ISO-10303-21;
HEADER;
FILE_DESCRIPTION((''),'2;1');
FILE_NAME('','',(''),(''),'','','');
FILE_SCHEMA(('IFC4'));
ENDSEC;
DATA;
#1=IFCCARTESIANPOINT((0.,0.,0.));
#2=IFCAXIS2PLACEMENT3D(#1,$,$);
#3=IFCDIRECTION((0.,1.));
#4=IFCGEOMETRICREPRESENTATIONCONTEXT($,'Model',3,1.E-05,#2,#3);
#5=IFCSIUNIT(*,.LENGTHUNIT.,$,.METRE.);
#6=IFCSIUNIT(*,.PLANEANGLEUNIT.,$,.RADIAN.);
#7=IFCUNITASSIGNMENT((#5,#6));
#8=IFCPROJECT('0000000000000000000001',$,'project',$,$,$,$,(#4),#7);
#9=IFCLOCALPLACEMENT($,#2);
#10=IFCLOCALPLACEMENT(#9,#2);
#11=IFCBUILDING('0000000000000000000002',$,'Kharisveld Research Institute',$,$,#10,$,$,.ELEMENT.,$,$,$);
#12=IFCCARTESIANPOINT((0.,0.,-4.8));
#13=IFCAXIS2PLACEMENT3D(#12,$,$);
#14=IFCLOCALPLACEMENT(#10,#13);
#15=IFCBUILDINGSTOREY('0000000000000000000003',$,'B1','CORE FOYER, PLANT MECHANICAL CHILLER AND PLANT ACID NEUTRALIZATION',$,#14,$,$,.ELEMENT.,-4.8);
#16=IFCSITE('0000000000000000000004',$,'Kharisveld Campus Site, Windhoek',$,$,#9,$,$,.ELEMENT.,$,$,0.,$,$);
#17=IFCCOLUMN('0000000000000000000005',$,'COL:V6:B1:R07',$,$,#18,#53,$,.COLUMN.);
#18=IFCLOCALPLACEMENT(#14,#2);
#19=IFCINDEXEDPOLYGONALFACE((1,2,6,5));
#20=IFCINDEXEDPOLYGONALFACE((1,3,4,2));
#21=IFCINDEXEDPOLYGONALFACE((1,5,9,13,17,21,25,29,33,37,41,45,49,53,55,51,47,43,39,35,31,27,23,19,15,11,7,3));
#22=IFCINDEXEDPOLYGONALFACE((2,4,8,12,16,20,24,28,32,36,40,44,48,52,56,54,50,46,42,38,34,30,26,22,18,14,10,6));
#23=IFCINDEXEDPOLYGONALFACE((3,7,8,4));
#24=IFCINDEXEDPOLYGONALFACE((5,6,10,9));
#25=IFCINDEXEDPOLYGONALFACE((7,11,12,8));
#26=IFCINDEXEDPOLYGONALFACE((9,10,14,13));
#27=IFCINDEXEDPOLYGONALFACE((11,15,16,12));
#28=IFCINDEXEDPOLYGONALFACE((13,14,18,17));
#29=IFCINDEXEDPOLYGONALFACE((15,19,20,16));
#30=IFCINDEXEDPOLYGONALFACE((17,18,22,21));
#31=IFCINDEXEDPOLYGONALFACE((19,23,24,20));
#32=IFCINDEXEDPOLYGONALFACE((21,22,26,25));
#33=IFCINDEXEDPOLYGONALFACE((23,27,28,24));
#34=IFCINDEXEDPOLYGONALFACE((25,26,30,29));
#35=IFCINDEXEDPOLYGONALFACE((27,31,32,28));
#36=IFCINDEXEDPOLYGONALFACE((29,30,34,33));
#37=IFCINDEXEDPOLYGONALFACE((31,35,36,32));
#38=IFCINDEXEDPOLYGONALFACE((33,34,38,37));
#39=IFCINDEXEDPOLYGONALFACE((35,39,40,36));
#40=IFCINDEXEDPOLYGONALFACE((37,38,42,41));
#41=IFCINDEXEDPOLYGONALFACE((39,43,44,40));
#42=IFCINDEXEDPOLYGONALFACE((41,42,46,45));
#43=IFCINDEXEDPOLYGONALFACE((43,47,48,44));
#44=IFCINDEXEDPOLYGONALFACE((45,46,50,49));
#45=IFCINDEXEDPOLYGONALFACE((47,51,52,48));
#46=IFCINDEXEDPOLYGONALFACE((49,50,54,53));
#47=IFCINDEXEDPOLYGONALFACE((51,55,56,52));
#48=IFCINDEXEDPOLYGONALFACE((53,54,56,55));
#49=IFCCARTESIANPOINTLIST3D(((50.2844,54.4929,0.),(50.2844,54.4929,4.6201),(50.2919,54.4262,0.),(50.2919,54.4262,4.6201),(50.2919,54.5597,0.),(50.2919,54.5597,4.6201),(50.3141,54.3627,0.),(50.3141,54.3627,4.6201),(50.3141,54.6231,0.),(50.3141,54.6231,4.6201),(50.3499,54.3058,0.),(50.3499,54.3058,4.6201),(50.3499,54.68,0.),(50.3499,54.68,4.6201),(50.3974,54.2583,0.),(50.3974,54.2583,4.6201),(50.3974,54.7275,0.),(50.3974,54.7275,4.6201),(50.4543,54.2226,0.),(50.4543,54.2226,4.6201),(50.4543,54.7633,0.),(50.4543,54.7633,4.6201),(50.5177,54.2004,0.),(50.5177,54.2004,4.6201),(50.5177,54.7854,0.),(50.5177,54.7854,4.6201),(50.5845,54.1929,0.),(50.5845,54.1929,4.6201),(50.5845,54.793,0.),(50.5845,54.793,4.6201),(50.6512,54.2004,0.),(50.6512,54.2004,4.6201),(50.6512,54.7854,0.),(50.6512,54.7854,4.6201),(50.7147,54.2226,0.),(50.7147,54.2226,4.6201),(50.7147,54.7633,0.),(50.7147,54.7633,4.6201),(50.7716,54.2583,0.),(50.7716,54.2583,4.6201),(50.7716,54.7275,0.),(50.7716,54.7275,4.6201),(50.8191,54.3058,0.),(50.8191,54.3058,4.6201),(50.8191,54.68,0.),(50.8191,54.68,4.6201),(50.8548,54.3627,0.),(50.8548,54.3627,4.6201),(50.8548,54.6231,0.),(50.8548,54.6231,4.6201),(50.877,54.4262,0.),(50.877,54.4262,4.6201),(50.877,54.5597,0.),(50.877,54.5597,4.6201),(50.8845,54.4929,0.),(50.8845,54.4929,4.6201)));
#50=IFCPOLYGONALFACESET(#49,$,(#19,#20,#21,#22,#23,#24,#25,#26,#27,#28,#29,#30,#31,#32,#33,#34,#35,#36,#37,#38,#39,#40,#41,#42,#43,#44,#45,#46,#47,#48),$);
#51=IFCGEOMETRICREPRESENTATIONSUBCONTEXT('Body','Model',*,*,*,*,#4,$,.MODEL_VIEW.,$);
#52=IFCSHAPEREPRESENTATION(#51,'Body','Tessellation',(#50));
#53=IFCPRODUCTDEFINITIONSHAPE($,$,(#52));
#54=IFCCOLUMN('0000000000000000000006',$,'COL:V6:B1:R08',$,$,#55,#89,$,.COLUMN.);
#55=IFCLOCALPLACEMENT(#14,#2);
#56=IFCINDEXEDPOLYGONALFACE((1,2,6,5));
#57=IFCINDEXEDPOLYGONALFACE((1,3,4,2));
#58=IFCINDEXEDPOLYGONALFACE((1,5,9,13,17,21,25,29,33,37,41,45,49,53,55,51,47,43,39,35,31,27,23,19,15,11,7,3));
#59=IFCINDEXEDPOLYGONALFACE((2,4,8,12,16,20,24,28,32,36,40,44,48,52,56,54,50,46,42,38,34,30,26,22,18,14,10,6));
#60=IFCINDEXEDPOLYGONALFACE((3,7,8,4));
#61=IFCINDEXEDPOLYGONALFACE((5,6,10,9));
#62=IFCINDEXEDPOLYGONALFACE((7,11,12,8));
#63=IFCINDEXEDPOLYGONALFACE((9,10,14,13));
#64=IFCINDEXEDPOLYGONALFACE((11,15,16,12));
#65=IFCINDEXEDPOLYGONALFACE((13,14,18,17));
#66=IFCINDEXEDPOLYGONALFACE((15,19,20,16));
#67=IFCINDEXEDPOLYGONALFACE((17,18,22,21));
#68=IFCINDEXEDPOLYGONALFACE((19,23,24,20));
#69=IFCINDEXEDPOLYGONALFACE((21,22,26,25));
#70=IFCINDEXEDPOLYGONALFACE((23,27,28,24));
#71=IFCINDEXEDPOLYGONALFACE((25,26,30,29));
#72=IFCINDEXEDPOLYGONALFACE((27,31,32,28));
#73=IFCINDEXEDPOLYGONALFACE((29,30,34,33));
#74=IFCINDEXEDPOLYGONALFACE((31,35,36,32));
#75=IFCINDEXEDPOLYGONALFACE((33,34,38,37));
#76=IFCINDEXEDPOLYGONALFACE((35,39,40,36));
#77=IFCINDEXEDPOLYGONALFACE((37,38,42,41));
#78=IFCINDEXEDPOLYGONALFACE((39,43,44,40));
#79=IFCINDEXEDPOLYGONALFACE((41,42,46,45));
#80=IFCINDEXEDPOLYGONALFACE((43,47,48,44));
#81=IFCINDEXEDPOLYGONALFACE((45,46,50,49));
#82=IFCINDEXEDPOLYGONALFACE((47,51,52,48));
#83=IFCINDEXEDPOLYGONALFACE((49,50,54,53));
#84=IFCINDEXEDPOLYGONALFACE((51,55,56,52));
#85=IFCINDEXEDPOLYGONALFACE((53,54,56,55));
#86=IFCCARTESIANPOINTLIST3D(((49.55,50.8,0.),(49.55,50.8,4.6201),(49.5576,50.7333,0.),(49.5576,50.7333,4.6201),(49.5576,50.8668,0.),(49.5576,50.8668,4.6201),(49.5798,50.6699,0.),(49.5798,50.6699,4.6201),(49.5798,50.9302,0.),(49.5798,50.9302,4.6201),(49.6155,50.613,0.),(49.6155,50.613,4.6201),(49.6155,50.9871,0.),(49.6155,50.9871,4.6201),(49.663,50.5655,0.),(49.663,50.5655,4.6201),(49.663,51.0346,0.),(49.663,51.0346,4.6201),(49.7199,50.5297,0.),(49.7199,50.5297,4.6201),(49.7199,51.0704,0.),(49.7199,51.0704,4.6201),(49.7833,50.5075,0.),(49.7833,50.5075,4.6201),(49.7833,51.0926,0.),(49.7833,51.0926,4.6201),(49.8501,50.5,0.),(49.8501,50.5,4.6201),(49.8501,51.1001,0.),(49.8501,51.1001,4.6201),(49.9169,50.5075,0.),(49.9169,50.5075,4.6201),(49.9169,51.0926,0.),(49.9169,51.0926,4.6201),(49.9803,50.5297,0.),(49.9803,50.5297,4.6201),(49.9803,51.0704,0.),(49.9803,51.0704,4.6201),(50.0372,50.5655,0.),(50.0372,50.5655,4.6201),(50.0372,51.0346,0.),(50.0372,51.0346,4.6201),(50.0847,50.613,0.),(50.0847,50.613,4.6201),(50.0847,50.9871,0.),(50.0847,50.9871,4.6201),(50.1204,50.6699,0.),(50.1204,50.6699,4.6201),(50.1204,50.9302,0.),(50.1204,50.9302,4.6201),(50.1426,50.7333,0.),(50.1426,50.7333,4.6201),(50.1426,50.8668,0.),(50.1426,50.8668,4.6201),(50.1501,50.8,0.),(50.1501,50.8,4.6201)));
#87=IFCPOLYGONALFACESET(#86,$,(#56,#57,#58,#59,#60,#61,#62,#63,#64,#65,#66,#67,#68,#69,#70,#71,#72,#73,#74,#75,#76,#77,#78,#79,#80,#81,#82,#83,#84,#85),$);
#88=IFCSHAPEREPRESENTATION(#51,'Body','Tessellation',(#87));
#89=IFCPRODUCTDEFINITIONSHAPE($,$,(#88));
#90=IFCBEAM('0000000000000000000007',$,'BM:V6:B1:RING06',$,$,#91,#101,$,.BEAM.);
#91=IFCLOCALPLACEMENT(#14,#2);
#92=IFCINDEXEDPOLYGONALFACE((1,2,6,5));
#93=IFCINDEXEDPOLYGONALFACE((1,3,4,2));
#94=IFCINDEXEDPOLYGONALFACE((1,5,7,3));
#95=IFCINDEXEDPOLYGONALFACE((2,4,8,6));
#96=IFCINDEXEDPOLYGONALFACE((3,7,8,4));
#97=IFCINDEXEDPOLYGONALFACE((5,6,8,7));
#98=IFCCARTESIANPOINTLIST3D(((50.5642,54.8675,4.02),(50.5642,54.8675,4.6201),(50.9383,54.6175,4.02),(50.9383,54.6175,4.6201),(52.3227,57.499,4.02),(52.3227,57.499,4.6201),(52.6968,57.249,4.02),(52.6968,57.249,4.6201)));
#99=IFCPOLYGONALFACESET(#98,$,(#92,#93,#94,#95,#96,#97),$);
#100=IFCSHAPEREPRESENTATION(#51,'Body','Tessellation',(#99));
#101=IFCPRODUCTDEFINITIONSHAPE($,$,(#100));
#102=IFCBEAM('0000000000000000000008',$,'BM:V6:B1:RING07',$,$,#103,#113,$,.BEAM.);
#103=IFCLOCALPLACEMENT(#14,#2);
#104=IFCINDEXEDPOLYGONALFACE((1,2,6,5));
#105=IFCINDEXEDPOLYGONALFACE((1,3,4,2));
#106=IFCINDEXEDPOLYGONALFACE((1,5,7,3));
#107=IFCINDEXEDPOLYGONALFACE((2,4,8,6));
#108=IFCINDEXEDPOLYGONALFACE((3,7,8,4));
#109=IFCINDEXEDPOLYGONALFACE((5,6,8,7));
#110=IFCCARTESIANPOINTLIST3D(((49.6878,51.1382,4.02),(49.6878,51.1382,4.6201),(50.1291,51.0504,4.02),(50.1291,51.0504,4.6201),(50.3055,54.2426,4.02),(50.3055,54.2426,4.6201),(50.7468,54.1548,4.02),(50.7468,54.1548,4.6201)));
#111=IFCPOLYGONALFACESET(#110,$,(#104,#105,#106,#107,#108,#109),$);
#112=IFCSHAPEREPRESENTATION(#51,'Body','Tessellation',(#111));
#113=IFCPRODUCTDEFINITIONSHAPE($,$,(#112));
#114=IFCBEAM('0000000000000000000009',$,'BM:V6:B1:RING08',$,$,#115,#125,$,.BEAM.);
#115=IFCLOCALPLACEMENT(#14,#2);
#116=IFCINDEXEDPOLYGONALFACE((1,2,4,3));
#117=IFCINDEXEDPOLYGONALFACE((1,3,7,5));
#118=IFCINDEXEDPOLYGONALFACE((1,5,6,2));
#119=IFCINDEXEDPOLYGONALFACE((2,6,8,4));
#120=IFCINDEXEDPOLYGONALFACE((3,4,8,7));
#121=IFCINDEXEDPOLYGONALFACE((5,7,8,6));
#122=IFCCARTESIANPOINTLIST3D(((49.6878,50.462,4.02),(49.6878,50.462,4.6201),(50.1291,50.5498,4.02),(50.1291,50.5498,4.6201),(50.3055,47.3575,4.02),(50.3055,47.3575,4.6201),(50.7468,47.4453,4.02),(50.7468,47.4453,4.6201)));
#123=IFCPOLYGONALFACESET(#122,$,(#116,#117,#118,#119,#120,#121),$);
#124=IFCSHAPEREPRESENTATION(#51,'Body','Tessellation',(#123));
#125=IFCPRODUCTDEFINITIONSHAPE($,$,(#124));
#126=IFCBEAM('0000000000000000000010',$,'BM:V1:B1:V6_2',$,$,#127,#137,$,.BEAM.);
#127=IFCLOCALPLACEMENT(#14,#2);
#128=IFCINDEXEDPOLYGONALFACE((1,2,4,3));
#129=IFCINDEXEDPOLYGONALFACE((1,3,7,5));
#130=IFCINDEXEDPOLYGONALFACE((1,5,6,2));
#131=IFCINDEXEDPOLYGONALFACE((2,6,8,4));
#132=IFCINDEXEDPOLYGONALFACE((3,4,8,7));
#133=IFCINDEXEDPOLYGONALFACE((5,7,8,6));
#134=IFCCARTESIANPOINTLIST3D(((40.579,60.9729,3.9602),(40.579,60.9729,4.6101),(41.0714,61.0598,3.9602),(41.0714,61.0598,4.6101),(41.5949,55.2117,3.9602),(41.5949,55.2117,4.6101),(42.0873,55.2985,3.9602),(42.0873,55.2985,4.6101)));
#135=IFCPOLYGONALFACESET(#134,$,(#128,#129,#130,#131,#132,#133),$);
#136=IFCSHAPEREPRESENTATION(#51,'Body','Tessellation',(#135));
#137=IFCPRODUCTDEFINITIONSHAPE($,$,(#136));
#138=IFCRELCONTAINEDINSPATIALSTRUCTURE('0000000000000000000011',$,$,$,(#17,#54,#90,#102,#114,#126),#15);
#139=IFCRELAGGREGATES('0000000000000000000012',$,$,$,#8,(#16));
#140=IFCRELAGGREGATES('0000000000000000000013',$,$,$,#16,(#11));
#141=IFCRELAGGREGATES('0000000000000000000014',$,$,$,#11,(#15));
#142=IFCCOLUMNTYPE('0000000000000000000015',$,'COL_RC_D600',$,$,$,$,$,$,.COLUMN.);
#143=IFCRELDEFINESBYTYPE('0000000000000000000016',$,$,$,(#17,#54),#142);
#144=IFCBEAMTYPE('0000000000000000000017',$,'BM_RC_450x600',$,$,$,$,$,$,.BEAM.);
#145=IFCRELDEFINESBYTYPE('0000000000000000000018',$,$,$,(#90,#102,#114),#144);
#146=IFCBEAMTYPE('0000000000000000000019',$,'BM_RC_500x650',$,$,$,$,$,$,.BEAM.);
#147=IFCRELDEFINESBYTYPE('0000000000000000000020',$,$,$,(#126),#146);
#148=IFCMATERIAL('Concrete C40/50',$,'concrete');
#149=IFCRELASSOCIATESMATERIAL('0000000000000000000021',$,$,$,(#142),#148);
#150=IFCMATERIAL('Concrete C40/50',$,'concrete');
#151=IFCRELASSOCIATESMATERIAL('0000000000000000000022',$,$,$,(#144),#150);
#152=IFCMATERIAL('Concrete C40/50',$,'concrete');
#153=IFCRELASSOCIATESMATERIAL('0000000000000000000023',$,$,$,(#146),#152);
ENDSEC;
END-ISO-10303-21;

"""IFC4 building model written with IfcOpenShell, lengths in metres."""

from ifc_helpers import new_model, si_unit, direction, frame, origin, origin_2d, place, context, subcontext, project, spatial, rectangle, circle, extrude, material, material_profile, profile_set, type_object, element, save


model = new_model("IFC4")

# Units and contexts
model_context = context("Model", 3, precision=1e-05, world=origin(), true_north=direction((0.0, 1.0)))
body_context = subcontext(model_context, "Body", "Model", "MODEL_VIEW")
ifc_project = project(units=[si_unit("LENGTHUNIT", "METRE"), si_unit("PLANEANGLEUNIT", "RADIAN")], contexts=[model_context])

# Site, building, storey
site_placement = place(None, origin())
site = spatial("IfcSite", under=ifc_project, at=site_placement, Name="Kharisveld Campus Site, Windhoek", CompositionType="ELEMENT", RefElevation=0.0)
building_placement = place(site_placement, origin())
building = spatial("IfcBuilding", under=site, at=building_placement, Name="Kharisveld Research Institute", CompositionType="ELEMENT")
storey_placement = place(building_placement, frame((0.0, 0.0, -4.8)))
storey = spatial("IfcBuildingStorey", under=building, at=storey_placement, Name="B1", Description="CORE FOYER, PLANT MECHANICAL CHILLER AND PLANT ACID NEUTRALIZATION", CompositionType="ELEMENT", Elevation=-4.8)

# Columns
ifc_material_1 = material(Name="Concrete C40/50", Category="concrete")
ifc_material_profile_1 = material_profile(ifc_material_1, circle(Radius=0.3, at=origin_2d()))
ifc_profile_set_1 = profile_set([ifc_material_profile_1], Name="Concrete C40/50")
column_type_1 = type_object("IfcColumnType", Name="COL_RC_D600", PredefinedType="COLUMN", material=ifc_profile_set_1)
for number, where, z_axis, x_axis, name in (
    (1, (50.5845, 54.4929, 0.0), (0.0, 0.0, 1.0), (1.0, 0.0, 0.0), "COL:V6:B1:R07"),
    (2, (49.8501, 50.8, 0.0), (0.0, 0.0, 1.0), (1.0, 0.0, 0.0), "COL:V6:B1:R08"),
):
    element("IfcColumn", number, at=place(storey_placement, frame(where, z_axis=z_axis, x_axis=x_axis)), inside=storey, type_object=column_type_1, Name=name, PredefinedType="COLUMN", context=body_context, shape_type="SweptSolid", body=[
        extrude(circle(Radius=0.3, at=origin_2d()), origin(), (0.0, 0.0, 1.0), 4.6201),
    ])

# Beams
ifc_material_2 = material(Name="Concrete C40/50", Category="concrete")
ifc_material_profile_2 = material_profile(ifc_material_2, rectangle(XDim=0.45, YDim=0.6001, at=origin_2d()))
ifc_profile_set_2 = profile_set([ifc_material_profile_2], Name="Concrete C40/50")
beam_type_1 = type_object("IfcBeamType", Name="BM_RC_450x600", PredefinedType="BEAM", material=ifc_profile_set_2)
beam_1_placement = place(storey_placement, frame((52.5098, 57.374, 4.3201), z_axis=(-0.555608, -0.831445, 0.0), x_axis=(0.831445, -0.555608, 0.0)))
element("IfcBeam", 3, at=beam_1_placement, inside=storey, type_object=beam_type_1, Name="BM:V6:B1:RING06", PredefinedType="BEAM", context=body_context, shape_type="SweptSolid", body=[
    extrude(rectangle(XDim=0.45, YDim=0.6001, at=origin_2d()), origin(), (0.0, 0.0, 1.0), 3.165),
])
for number, where, z_axis, x_axis, name in (
    (4, (50.5261, 54.1987, 4.3201), (-0.195137, -0.980776, 0.0), (0.980776, -0.195137, 0.0), "BM:V6:B1:RING07"),
    (5, (49.9084, 50.5059, 4.3201), (0.195137, -0.980776, 0.0), (0.980776, 0.195137, 0.0), "BM:V6:B1:RING08"),
):
    element("IfcBeam", number, at=place(storey_placement, frame(where, z_axis=z_axis, x_axis=x_axis)), inside=storey, type_object=beam_type_1, Name=name, PredefinedType="BEAM", context=body_context, shape_type="SweptSolid", body=[
        extrude(rectangle(XDim=0.45, YDim=0.6001, at=origin_2d()), origin(), (0.0, 0.0, 1.0), 3.1653),
    ])
ifc_material_3 = material(Name="Concrete C40/50", Category="concrete")
ifc_material_profile_3 = material_profile(ifc_material_3, rectangle(XDim=0.5, YDim=0.6499, at=origin_2d()))
ifc_profile_set_3 = profile_set([ifc_material_profile_3], Name="Concrete C40/50")
beam_type_2 = type_object("IfcBeamType", Name="BM_RC_500x650", PredefinedType="BEAM", material=ifc_profile_set_3)
beam_2_placement = place(storey_placement, frame((41.8411, 55.2551, 4.2852), z_axis=(-0.17365, 0.984807, 0.0), x_axis=(-0.984807, -0.17365, 0.0)))
element("IfcBeam", 6, at=beam_2_placement, inside=storey, type_object=beam_type_2, Name="BM:V1:B1:V6_2", PredefinedType="BEAM", context=body_context, shape_type="SweptSolid", body=[
    extrude(rectangle(XDim=0.5, YDim=0.6499, at=origin_2d()), origin(), (0.0, 0.0, 1.0), 5.8501),
])

save(model, "model.ifc")
